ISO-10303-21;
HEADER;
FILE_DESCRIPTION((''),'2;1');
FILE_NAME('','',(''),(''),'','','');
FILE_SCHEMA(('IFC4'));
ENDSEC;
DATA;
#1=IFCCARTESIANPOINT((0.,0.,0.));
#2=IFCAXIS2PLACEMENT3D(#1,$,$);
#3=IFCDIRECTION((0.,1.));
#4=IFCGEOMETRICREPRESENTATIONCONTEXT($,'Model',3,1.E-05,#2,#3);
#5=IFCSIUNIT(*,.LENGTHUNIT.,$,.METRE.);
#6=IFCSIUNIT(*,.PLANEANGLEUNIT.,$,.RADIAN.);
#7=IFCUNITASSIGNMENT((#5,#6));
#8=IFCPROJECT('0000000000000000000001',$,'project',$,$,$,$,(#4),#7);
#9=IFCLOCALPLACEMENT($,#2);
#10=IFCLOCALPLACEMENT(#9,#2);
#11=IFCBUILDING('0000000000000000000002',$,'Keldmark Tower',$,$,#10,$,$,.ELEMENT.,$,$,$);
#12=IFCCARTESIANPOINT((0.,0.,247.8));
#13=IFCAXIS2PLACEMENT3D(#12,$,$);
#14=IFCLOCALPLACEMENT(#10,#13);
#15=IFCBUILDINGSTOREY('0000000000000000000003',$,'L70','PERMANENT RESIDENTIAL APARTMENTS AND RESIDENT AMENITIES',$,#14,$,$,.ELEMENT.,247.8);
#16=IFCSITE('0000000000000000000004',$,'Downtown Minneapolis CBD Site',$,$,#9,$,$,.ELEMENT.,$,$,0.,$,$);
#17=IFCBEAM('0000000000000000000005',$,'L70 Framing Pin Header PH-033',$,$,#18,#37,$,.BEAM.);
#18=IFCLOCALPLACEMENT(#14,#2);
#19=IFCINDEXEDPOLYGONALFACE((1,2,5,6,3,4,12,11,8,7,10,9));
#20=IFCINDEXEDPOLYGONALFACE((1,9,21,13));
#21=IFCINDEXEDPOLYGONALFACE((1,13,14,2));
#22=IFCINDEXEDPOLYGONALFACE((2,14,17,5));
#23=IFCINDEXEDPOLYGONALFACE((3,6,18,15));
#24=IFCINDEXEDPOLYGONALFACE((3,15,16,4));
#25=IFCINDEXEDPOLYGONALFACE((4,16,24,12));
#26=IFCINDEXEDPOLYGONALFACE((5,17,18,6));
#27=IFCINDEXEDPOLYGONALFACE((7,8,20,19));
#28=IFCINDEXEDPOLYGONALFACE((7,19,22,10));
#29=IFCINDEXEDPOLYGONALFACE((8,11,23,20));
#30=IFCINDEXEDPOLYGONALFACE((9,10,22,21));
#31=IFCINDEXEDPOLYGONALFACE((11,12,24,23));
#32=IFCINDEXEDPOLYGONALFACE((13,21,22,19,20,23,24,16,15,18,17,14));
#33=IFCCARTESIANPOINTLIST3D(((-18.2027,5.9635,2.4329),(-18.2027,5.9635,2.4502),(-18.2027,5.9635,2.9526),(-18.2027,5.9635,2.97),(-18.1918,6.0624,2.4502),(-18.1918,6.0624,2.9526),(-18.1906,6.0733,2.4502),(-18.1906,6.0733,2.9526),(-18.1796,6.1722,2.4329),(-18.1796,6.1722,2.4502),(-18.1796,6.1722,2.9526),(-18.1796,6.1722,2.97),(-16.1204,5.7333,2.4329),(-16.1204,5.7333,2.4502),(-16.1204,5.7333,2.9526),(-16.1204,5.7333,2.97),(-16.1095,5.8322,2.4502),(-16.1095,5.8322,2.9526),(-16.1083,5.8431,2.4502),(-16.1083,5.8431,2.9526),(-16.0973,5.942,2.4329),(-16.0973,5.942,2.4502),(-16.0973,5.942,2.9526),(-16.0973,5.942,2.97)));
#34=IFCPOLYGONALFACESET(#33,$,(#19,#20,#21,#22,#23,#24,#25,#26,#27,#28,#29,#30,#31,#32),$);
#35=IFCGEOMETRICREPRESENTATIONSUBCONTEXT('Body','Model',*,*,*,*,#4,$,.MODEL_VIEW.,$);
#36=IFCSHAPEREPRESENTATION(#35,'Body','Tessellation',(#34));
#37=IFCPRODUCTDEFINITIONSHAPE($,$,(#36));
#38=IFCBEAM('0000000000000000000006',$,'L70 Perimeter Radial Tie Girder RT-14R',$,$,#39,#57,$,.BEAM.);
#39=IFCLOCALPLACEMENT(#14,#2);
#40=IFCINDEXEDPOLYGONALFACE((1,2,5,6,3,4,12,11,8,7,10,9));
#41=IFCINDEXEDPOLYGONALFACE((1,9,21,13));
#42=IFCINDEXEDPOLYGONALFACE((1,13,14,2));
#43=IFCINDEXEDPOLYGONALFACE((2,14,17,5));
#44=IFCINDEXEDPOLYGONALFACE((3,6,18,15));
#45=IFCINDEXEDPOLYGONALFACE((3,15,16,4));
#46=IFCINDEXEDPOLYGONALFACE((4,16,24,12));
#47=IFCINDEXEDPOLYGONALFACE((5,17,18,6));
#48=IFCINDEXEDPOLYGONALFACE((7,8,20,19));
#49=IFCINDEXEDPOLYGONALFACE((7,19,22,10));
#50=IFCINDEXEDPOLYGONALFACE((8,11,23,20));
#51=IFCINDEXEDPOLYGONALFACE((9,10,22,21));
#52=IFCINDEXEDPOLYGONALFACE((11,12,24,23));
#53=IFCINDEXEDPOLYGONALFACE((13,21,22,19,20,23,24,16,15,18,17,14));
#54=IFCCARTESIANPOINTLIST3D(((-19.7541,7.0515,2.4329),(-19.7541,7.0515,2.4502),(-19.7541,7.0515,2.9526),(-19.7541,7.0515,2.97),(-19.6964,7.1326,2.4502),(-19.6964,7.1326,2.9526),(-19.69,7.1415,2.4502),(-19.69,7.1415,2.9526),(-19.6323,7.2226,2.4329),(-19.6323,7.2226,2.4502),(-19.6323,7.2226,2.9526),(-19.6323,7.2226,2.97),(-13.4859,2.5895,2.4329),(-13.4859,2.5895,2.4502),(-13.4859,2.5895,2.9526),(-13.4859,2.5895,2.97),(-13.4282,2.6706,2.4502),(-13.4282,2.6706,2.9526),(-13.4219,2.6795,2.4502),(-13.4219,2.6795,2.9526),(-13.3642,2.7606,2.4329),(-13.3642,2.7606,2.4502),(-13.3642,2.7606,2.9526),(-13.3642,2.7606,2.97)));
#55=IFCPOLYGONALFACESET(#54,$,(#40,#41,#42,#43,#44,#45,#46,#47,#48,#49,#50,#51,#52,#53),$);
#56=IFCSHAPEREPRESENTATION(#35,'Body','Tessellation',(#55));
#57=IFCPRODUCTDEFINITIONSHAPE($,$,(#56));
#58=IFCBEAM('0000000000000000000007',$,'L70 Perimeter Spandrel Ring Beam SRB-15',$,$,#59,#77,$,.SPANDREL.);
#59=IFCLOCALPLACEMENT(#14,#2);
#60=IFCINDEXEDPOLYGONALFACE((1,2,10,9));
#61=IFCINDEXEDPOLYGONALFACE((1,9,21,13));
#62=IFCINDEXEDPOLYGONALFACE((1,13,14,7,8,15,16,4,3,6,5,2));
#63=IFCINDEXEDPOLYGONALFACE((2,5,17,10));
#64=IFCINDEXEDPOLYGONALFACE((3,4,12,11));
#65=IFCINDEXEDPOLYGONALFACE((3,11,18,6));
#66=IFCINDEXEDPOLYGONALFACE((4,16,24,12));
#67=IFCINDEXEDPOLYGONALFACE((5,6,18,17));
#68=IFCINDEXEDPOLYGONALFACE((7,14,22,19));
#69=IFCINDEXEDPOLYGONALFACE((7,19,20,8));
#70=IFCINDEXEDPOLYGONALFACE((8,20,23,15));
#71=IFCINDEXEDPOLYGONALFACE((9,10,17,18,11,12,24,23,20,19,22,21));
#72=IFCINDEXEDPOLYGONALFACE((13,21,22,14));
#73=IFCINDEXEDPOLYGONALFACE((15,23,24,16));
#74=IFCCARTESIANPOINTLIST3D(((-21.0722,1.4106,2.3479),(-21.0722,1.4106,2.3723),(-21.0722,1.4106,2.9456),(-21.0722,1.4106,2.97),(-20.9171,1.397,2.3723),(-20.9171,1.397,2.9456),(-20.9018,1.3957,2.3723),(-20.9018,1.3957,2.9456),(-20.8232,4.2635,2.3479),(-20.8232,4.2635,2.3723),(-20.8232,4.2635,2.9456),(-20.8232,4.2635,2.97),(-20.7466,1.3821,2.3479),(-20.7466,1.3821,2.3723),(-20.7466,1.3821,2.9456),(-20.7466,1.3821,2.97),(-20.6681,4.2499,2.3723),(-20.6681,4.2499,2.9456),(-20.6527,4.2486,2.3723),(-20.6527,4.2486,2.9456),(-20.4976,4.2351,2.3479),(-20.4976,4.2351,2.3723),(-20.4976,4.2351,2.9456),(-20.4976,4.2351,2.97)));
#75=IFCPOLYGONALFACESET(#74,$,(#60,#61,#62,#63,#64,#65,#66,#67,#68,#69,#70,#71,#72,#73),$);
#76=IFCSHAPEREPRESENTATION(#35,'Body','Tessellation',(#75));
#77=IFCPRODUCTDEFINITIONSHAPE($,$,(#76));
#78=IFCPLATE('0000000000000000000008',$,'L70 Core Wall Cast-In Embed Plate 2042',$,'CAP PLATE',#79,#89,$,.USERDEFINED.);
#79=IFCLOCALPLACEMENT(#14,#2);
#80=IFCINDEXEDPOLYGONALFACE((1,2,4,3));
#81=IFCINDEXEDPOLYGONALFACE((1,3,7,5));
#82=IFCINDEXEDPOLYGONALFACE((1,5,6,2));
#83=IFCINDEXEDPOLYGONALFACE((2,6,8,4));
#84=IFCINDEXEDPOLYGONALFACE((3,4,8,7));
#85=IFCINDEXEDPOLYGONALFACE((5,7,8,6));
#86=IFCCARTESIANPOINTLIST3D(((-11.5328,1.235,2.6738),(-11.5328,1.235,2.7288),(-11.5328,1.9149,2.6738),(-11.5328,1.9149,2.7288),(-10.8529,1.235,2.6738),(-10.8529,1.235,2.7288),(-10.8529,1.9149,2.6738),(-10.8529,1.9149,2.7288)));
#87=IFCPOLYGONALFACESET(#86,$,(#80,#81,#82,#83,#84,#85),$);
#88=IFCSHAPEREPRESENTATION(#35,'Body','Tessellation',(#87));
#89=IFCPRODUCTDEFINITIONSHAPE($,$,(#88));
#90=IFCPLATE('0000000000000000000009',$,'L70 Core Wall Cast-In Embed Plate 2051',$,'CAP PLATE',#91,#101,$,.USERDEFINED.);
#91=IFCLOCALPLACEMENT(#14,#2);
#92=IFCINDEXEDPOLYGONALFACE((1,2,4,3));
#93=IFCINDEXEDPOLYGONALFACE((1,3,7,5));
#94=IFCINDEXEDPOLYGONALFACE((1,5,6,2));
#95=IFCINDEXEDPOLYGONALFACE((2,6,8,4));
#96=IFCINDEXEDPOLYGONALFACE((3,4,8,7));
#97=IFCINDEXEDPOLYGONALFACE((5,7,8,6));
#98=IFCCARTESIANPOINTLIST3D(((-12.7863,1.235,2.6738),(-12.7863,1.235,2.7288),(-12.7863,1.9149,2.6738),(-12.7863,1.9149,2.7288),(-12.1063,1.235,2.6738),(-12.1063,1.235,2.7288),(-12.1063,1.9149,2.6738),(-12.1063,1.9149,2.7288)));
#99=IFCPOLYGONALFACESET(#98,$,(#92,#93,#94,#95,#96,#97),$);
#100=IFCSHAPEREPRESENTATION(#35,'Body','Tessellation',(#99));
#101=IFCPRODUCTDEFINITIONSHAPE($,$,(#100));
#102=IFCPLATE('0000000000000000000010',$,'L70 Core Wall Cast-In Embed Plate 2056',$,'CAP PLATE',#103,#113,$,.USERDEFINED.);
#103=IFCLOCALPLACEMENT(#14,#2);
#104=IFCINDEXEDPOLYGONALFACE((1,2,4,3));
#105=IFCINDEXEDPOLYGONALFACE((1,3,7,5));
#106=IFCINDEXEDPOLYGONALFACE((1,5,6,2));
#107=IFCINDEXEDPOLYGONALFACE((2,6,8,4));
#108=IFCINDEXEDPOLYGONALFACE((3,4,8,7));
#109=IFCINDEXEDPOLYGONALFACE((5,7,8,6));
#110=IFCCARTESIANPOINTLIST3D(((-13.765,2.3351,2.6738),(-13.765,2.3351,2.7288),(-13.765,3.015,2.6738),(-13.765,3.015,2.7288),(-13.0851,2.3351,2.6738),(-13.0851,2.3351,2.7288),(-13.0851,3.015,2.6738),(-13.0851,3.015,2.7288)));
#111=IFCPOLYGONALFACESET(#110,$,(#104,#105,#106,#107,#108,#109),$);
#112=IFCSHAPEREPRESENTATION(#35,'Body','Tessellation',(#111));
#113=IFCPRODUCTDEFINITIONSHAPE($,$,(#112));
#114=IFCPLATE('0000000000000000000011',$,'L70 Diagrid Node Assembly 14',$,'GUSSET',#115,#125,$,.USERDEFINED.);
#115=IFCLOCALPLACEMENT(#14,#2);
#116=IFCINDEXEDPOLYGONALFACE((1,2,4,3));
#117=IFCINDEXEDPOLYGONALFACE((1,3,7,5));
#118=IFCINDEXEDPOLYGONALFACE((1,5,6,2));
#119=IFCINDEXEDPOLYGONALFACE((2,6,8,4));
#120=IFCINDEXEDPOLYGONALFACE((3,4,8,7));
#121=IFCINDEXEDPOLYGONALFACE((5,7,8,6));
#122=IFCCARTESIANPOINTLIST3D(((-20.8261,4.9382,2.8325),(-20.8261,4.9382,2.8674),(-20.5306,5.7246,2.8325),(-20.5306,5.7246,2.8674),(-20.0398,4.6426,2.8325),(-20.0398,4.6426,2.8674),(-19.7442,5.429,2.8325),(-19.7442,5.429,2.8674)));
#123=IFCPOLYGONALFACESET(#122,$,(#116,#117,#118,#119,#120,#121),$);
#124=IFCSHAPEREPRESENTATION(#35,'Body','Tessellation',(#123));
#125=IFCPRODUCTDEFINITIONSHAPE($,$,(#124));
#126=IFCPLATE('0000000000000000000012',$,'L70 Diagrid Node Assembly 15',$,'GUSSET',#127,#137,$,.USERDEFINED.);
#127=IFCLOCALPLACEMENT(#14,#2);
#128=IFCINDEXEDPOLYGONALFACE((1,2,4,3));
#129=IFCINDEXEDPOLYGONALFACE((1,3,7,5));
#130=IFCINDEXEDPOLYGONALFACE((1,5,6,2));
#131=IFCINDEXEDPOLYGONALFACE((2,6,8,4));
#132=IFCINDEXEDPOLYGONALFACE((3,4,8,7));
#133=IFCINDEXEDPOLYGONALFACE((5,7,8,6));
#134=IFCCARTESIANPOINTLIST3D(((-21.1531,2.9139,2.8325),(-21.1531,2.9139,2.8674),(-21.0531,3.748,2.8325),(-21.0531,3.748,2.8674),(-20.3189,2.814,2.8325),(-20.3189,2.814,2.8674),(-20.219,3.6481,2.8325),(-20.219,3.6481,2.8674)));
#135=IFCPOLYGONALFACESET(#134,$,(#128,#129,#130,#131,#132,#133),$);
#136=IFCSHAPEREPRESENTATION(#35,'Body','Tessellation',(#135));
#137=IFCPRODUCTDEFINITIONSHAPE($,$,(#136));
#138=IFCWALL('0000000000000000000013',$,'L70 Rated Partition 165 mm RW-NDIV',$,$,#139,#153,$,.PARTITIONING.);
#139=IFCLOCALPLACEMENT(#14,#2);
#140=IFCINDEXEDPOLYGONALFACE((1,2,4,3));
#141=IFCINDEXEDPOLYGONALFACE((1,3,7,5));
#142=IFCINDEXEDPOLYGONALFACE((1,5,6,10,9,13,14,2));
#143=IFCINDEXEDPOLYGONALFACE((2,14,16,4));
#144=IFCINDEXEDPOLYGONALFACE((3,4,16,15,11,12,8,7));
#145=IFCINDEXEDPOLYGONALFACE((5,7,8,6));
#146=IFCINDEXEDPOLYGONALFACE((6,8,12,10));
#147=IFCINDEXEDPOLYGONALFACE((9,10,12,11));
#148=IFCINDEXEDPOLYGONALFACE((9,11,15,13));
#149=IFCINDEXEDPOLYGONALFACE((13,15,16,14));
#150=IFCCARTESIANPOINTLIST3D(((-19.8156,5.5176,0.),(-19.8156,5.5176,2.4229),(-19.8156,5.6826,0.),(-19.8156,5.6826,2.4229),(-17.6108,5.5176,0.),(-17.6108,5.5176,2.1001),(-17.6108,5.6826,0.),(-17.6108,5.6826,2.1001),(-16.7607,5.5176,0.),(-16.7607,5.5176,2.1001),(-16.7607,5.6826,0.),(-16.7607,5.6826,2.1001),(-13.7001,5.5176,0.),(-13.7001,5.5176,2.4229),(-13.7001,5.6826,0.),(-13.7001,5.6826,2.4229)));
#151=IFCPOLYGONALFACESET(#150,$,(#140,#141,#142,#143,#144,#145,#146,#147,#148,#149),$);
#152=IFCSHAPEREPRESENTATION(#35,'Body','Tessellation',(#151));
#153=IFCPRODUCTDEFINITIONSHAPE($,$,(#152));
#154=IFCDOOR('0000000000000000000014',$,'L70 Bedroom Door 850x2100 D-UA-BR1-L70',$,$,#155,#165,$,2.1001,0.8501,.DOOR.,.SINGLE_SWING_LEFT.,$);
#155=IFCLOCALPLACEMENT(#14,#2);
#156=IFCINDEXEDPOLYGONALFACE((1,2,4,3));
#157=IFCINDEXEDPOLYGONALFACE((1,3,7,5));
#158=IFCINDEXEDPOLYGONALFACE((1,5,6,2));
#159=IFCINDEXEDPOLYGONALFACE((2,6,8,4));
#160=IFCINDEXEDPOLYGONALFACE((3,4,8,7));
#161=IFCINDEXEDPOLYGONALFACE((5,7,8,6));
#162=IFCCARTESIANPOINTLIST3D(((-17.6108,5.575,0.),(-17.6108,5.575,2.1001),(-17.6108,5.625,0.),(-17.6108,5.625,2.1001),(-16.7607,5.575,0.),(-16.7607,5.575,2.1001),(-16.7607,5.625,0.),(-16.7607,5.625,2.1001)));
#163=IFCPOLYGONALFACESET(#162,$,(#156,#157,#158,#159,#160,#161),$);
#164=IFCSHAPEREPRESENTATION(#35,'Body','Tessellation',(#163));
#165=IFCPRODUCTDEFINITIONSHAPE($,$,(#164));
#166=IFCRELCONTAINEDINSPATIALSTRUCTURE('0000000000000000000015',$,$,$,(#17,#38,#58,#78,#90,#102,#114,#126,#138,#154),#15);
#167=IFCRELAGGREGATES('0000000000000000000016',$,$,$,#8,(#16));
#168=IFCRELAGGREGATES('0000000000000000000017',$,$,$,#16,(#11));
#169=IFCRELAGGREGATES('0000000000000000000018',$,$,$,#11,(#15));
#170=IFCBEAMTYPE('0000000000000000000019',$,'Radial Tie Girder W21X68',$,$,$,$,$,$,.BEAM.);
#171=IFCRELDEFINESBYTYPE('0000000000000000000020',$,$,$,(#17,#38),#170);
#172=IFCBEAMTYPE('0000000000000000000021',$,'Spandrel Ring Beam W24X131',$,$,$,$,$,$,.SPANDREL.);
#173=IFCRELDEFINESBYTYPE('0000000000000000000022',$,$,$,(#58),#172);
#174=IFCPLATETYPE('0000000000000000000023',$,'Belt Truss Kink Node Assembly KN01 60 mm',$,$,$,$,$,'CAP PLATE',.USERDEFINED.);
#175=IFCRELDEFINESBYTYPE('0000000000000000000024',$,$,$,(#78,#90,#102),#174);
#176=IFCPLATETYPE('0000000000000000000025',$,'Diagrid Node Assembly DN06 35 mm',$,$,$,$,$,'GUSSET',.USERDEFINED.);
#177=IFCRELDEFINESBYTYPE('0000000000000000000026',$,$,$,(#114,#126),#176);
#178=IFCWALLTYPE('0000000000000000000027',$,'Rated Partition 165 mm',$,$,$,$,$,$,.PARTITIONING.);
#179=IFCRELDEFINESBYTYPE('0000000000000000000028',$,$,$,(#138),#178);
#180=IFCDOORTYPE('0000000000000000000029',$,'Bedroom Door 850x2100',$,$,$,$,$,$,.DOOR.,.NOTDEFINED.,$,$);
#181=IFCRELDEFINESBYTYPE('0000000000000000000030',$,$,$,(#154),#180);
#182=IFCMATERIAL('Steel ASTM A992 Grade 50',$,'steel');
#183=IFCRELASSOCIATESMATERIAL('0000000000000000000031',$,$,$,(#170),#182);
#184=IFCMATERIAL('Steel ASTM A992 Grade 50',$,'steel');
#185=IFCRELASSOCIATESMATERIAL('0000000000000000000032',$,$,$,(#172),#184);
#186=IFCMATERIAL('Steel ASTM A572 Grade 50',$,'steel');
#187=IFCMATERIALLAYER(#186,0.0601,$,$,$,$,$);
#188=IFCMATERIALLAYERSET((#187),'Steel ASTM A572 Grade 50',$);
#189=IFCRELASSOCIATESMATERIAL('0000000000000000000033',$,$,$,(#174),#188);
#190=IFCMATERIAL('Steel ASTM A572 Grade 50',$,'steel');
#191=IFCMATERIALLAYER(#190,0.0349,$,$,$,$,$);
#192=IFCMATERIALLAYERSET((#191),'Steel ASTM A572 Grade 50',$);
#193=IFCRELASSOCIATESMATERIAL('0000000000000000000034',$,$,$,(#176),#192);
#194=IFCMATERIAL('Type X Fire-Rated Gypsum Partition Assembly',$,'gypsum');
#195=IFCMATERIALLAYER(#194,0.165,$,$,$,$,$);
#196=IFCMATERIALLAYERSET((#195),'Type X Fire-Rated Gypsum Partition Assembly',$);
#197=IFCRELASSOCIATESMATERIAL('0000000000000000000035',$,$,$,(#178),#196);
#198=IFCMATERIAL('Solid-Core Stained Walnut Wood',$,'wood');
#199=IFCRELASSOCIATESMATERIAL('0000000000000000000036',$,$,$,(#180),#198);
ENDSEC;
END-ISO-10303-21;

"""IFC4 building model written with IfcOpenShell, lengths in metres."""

from ifc_helpers import new_model, si_unit, direction, frame, frame_2d, origin, origin_2d, place, context, subcontext, project, spatial, rectangle, i_section, extrude, material, layer, layer_set, material_profile, profile_set, type_object, element, fill, save


model = new_model("IFC4")

# Units and contexts
model_context = context("Model", 3, precision=1e-05, world=origin(), true_north=direction((0.0, 1.0)))
body_context = subcontext(model_context, "Body", "Model", "MODEL_VIEW")
ifc_project = project(units=[si_unit("LENGTHUNIT", "METRE"), si_unit("PLANEANGLEUNIT", "RADIAN")], contexts=[model_context])

# Site, building, storey
site_placement = place(None, origin())
site = spatial("IfcSite", under=ifc_project, at=site_placement, Name="Downtown Minneapolis CBD Site", CompositionType="ELEMENT", RefElevation=0.0)
building_placement = place(site_placement, origin())
building = spatial("IfcBuilding", under=site, at=building_placement, Name="Keldmark Tower", CompositionType="ELEMENT")
storey_placement = place(building_placement, frame((0.0, 0.0, 247.8)))
storey = spatial("IfcBuildingStorey", under=building, at=storey_placement, Name="L70", Description="PERMANENT RESIDENTIAL APARTMENTS AND RESIDENT AMENITIES", CompositionType="ELEMENT", Elevation=247.8)

# Beams
ifc_material_1 = material(Name="Steel ASTM A992 Grade 50", Category="steel")
ifc_material_profile_1 = material_profile(ifc_material_1, i_section(OverallWidth=0.21, OverallDepth=0.5371, WebThickness=0.011, FlangeThickness=0.0173, at=origin_2d()), Name="W21X68")
ifc_profile_set_1 = profile_set([ifc_material_profile_1], Name="Steel ASTM A992 Grade 50")
beam_type_1 = type_object("IfcBeamType", Name="Radial Tie Girder W21X68", PredefinedType="BEAM", material=ifc_profile_set_1)
beam_1_placement = place(storey_placement, frame((-16.1089, 5.8376, 2.7014), z_axis=(-0.993943, 0.109894, 0.0), x_axis=(-0.109894, -0.993943, 0.0)))
element("IfcBeam", 1, at=beam_1_placement, inside=storey, type_object=beam_type_1, Name="L70 Framing Pin Header PH-033", PredefinedType="BEAM", context=body_context, shape_type="SweptSolid", body=[
    extrude(i_section(OverallWidth=0.21, OverallDepth=0.5371, WebThickness=0.011, FlangeThickness=0.0173, at=origin_2d()), origin(), (0.0, 0.0, 1.0), 2.095),
])
beam_2_placement = place(storey_placement, frame((-13.425, 2.675, 2.7014), z_axis=(-0.814671, 0.579923, 0.0), x_axis=(-0.579923, -0.814671, 0.0)))
element("IfcBeam", 2, at=beam_2_placement, inside=storey, type_object=beam_type_1, Name="L70 Perimeter Radial Tie Girder RT-14R", PredefinedType="BEAM", context=body_context, shape_type="SweptSolid", body=[
    extrude(i_section(OverallWidth=0.21, OverallDepth=0.5371, WebThickness=0.011, FlangeThickness=0.0173, at=origin_2d()), origin(), (0.0, 0.0, 1.0), 7.6941),
])
ifc_material_2 = material(Name="Steel ASTM A992 Grade 50", Category="steel")
ifc_material_profile_2 = material_profile(ifc_material_2, i_section(OverallWidth=0.3269, OverallDepth=0.6221, WebThickness=0.0154, FlangeThickness=0.0244, at=origin_2d()), Name="W24X131")
ifc_profile_set_2 = profile_set([ifc_material_profile_2], Name="Steel ASTM A992 Grade 50")
beam_type_2 = type_object("IfcBeamType", Name="Spandrel Ring Beam W24X131", PredefinedType="SPANDREL", material=ifc_profile_set_2)
beam_3_placement = place(storey_placement, frame((-20.6604, 4.2493, 2.6589), z_axis=(-0.086953, -0.996212, 0.0), x_axis=(0.996212, -0.086953, 0.0)))
element("IfcBeam", 3, at=beam_3_placement, inside=storey, type_object=beam_type_2, Name="L70 Perimeter Spandrel Ring Beam SRB-15", PredefinedType="SPANDREL", context=body_context, shape_type="SweptSolid", body=[
    extrude(i_section(OverallWidth=0.3269, OverallDepth=0.6221, WebThickness=0.0154, FlangeThickness=0.0244, at=origin_2d()), origin(), (0.0, 0.0, 1.0), 2.8638),
])

# Plates
ifc_material_3 = material(Name="Steel ASTM A572 Grade 50", Category="steel")
ifc_layer_1 = layer(ifc_material_3, 0.0601)
ifc_layer_set_1 = layer_set([ifc_layer_1], Name="Steel ASTM A572 Grade 50")
plate_type_1 = type_object("IfcPlateType", Name="Belt Truss Kink Node Assembly KN01 60 mm", ElementType="CAP PLATE", PredefinedType="USERDEFINED", material=ifc_layer_set_1)
for number, where, z_axis, x_axis, name in (
    (4, (-11.1929, 1.575, 2.6738), (0.0, 0.0, 1.0), (1.0, 0.0, 0.0), "L70 Core Wall Cast-In Embed Plate 2042"),
    (5, (-12.4463, 1.575, 2.6738), (0.0, 0.0, 1.0), (1.0, 0.0, 0.0), "L70 Core Wall Cast-In Embed Plate 2051"),
    (6, (-13.425, 2.675, 2.6738), (0.0, 0.0, 1.0), (1.0, 0.0, 0.0), "L70 Core Wall Cast-In Embed Plate 2056"),
):
    element("IfcPlate", number, at=place(storey_placement, frame(where, z_axis=z_axis, x_axis=x_axis)), inside=storey, type_object=plate_type_1, Name=name, ObjectType="CAP PLATE", PredefinedType="USERDEFINED", context=body_context, shape_type="SweptSolid", body=[
        extrude(rectangle(XDim=0.6799, YDim=0.6799, at=origin_2d()), origin(), (0.0, 0.0, 1.0), 0.0549),
    ])
ifc_material_4 = material(Name="Steel ASTM A572 Grade 50", Category="steel")
ifc_layer_2 = layer(ifc_material_4, 0.0349)
ifc_layer_set_2 = layer_set([ifc_layer_2], Name="Steel ASTM A572 Grade 50")
plate_type_2 = type_object("IfcPlateType", Name="Diagrid Node Assembly DN06 35 mm", ElementType="GUSSET", PredefinedType="USERDEFINED", material=ifc_layer_set_2)
for number, where, z_axis, x_axis, name in (
    (7, (-20.2852, 5.1836, 2.8325), (0.0, 0.0, 1.0), (-0.351842, -0.93606, 0.0), "L70 Diagrid Node Assembly 14"),
    (8, (-20.686, 3.281, 2.8325), (0.0, 0.0, 1.0), (-0.118924, -0.992903, 0.0), "L70 Diagrid Node Assembly 15"),
):
    element("IfcPlate", number, at=place(storey_placement, frame(where, z_axis=z_axis, x_axis=x_axis)), inside=storey, type_object=plate_type_2, Name=name, ObjectType="GUSSET", PredefinedType="USERDEFINED", context=body_context, shape_type="SweptSolid", body=[
        extrude(rectangle(XDim=0.8401, YDim=0.8401, at=origin_2d()), origin(), (0.0, 0.0, 1.0), 0.0349),
    ])

# Wall, opening, door
ifc_material_5 = material(Name="Type X Fire-Rated Gypsum Partition Assembly", Category="gypsum")
ifc_layer_3 = layer(ifc_material_5, 0.165)
ifc_layer_set_3 = layer_set([ifc_layer_3], Name="Type X Fire-Rated Gypsum Partition Assembly")
wall_type_1 = type_object("IfcWallType", Name="Rated Partition 165 mm", PredefinedType="PARTITIONING", material=ifc_layer_set_3)
wall_1_placement = place(storey_placement, frame((-19.8154, 5.6001, 0.0), z_axis=(0.0, 0.0, 1.0), x_axis=(1.0, 0.0, 0.0)))
wall_1 = element("IfcWall", 9, at=wall_1_placement, inside=storey, type_object=wall_type_1, Name="L70 Rated Partition 165 mm RW-NDIV", PredefinedType="PARTITIONING", context=body_context, shape_type="SweptSolid", body=[
    extrude(rectangle(XDim=6.1155, YDim=0.165, at=frame_2d((3.0576, 0.0))), origin(), (0.0, 0.0, 1.0), 2.4229),
])
opening_1_placement = place(wall_1_placement, frame((2.2046, 0.0, 0.0)))
opening_1 = element("IfcOpeningElement", 10, at=opening_1_placement, cuts=wall_1, PredefinedType="OPENING", context=body_context, shape_type="SweptSolid", body=[
    extrude(rectangle(XDim=0.8501, YDim=2.1001, at=frame_2d((0.425, 1.05))), frame((0.0, 0.0925, 0.0), z_axis=(0.0, -1.0, 0.0), x_axis=(1.0, 0.0, 0.0)), (0.0, 0.0, 1.0), 0.1851),
])
ifc_material_6 = material(Name="Solid-Core Stained Walnut Wood", Category="wood")
door_type_1 = type_object("IfcDoorType", Name="Bedroom Door 850x2100", OperationType="NOTDEFINED", PredefinedType="DOOR", material=ifc_material_6)
door_1_placement = place(opening_1_placement, origin())
door_1 = element("IfcDoor", 11, at=door_1_placement, inside=storey, type_object=door_type_1, Name="L70 Bedroom Door 850x2100 D-UA-BR1-L70", OperationType="SINGLE_SWING_LEFT", OverallHeight=2.1001, OverallWidth=0.8501, PredefinedType="DOOR", context=body_context, shape_type="SweptSolid", body=[
    extrude(rectangle(XDim=0.8501, YDim=2.1001, at=frame_2d((0.425, 1.05))), frame((0.0, 0.0249, 0.0), z_axis=(0.0, -1.0, 0.0), x_axis=(1.0, 0.0, 0.0)), (0.0, 0.0, 1.0), 0.05),
])
fill(opening_1, door_1)

save(model, "model.ifc")
